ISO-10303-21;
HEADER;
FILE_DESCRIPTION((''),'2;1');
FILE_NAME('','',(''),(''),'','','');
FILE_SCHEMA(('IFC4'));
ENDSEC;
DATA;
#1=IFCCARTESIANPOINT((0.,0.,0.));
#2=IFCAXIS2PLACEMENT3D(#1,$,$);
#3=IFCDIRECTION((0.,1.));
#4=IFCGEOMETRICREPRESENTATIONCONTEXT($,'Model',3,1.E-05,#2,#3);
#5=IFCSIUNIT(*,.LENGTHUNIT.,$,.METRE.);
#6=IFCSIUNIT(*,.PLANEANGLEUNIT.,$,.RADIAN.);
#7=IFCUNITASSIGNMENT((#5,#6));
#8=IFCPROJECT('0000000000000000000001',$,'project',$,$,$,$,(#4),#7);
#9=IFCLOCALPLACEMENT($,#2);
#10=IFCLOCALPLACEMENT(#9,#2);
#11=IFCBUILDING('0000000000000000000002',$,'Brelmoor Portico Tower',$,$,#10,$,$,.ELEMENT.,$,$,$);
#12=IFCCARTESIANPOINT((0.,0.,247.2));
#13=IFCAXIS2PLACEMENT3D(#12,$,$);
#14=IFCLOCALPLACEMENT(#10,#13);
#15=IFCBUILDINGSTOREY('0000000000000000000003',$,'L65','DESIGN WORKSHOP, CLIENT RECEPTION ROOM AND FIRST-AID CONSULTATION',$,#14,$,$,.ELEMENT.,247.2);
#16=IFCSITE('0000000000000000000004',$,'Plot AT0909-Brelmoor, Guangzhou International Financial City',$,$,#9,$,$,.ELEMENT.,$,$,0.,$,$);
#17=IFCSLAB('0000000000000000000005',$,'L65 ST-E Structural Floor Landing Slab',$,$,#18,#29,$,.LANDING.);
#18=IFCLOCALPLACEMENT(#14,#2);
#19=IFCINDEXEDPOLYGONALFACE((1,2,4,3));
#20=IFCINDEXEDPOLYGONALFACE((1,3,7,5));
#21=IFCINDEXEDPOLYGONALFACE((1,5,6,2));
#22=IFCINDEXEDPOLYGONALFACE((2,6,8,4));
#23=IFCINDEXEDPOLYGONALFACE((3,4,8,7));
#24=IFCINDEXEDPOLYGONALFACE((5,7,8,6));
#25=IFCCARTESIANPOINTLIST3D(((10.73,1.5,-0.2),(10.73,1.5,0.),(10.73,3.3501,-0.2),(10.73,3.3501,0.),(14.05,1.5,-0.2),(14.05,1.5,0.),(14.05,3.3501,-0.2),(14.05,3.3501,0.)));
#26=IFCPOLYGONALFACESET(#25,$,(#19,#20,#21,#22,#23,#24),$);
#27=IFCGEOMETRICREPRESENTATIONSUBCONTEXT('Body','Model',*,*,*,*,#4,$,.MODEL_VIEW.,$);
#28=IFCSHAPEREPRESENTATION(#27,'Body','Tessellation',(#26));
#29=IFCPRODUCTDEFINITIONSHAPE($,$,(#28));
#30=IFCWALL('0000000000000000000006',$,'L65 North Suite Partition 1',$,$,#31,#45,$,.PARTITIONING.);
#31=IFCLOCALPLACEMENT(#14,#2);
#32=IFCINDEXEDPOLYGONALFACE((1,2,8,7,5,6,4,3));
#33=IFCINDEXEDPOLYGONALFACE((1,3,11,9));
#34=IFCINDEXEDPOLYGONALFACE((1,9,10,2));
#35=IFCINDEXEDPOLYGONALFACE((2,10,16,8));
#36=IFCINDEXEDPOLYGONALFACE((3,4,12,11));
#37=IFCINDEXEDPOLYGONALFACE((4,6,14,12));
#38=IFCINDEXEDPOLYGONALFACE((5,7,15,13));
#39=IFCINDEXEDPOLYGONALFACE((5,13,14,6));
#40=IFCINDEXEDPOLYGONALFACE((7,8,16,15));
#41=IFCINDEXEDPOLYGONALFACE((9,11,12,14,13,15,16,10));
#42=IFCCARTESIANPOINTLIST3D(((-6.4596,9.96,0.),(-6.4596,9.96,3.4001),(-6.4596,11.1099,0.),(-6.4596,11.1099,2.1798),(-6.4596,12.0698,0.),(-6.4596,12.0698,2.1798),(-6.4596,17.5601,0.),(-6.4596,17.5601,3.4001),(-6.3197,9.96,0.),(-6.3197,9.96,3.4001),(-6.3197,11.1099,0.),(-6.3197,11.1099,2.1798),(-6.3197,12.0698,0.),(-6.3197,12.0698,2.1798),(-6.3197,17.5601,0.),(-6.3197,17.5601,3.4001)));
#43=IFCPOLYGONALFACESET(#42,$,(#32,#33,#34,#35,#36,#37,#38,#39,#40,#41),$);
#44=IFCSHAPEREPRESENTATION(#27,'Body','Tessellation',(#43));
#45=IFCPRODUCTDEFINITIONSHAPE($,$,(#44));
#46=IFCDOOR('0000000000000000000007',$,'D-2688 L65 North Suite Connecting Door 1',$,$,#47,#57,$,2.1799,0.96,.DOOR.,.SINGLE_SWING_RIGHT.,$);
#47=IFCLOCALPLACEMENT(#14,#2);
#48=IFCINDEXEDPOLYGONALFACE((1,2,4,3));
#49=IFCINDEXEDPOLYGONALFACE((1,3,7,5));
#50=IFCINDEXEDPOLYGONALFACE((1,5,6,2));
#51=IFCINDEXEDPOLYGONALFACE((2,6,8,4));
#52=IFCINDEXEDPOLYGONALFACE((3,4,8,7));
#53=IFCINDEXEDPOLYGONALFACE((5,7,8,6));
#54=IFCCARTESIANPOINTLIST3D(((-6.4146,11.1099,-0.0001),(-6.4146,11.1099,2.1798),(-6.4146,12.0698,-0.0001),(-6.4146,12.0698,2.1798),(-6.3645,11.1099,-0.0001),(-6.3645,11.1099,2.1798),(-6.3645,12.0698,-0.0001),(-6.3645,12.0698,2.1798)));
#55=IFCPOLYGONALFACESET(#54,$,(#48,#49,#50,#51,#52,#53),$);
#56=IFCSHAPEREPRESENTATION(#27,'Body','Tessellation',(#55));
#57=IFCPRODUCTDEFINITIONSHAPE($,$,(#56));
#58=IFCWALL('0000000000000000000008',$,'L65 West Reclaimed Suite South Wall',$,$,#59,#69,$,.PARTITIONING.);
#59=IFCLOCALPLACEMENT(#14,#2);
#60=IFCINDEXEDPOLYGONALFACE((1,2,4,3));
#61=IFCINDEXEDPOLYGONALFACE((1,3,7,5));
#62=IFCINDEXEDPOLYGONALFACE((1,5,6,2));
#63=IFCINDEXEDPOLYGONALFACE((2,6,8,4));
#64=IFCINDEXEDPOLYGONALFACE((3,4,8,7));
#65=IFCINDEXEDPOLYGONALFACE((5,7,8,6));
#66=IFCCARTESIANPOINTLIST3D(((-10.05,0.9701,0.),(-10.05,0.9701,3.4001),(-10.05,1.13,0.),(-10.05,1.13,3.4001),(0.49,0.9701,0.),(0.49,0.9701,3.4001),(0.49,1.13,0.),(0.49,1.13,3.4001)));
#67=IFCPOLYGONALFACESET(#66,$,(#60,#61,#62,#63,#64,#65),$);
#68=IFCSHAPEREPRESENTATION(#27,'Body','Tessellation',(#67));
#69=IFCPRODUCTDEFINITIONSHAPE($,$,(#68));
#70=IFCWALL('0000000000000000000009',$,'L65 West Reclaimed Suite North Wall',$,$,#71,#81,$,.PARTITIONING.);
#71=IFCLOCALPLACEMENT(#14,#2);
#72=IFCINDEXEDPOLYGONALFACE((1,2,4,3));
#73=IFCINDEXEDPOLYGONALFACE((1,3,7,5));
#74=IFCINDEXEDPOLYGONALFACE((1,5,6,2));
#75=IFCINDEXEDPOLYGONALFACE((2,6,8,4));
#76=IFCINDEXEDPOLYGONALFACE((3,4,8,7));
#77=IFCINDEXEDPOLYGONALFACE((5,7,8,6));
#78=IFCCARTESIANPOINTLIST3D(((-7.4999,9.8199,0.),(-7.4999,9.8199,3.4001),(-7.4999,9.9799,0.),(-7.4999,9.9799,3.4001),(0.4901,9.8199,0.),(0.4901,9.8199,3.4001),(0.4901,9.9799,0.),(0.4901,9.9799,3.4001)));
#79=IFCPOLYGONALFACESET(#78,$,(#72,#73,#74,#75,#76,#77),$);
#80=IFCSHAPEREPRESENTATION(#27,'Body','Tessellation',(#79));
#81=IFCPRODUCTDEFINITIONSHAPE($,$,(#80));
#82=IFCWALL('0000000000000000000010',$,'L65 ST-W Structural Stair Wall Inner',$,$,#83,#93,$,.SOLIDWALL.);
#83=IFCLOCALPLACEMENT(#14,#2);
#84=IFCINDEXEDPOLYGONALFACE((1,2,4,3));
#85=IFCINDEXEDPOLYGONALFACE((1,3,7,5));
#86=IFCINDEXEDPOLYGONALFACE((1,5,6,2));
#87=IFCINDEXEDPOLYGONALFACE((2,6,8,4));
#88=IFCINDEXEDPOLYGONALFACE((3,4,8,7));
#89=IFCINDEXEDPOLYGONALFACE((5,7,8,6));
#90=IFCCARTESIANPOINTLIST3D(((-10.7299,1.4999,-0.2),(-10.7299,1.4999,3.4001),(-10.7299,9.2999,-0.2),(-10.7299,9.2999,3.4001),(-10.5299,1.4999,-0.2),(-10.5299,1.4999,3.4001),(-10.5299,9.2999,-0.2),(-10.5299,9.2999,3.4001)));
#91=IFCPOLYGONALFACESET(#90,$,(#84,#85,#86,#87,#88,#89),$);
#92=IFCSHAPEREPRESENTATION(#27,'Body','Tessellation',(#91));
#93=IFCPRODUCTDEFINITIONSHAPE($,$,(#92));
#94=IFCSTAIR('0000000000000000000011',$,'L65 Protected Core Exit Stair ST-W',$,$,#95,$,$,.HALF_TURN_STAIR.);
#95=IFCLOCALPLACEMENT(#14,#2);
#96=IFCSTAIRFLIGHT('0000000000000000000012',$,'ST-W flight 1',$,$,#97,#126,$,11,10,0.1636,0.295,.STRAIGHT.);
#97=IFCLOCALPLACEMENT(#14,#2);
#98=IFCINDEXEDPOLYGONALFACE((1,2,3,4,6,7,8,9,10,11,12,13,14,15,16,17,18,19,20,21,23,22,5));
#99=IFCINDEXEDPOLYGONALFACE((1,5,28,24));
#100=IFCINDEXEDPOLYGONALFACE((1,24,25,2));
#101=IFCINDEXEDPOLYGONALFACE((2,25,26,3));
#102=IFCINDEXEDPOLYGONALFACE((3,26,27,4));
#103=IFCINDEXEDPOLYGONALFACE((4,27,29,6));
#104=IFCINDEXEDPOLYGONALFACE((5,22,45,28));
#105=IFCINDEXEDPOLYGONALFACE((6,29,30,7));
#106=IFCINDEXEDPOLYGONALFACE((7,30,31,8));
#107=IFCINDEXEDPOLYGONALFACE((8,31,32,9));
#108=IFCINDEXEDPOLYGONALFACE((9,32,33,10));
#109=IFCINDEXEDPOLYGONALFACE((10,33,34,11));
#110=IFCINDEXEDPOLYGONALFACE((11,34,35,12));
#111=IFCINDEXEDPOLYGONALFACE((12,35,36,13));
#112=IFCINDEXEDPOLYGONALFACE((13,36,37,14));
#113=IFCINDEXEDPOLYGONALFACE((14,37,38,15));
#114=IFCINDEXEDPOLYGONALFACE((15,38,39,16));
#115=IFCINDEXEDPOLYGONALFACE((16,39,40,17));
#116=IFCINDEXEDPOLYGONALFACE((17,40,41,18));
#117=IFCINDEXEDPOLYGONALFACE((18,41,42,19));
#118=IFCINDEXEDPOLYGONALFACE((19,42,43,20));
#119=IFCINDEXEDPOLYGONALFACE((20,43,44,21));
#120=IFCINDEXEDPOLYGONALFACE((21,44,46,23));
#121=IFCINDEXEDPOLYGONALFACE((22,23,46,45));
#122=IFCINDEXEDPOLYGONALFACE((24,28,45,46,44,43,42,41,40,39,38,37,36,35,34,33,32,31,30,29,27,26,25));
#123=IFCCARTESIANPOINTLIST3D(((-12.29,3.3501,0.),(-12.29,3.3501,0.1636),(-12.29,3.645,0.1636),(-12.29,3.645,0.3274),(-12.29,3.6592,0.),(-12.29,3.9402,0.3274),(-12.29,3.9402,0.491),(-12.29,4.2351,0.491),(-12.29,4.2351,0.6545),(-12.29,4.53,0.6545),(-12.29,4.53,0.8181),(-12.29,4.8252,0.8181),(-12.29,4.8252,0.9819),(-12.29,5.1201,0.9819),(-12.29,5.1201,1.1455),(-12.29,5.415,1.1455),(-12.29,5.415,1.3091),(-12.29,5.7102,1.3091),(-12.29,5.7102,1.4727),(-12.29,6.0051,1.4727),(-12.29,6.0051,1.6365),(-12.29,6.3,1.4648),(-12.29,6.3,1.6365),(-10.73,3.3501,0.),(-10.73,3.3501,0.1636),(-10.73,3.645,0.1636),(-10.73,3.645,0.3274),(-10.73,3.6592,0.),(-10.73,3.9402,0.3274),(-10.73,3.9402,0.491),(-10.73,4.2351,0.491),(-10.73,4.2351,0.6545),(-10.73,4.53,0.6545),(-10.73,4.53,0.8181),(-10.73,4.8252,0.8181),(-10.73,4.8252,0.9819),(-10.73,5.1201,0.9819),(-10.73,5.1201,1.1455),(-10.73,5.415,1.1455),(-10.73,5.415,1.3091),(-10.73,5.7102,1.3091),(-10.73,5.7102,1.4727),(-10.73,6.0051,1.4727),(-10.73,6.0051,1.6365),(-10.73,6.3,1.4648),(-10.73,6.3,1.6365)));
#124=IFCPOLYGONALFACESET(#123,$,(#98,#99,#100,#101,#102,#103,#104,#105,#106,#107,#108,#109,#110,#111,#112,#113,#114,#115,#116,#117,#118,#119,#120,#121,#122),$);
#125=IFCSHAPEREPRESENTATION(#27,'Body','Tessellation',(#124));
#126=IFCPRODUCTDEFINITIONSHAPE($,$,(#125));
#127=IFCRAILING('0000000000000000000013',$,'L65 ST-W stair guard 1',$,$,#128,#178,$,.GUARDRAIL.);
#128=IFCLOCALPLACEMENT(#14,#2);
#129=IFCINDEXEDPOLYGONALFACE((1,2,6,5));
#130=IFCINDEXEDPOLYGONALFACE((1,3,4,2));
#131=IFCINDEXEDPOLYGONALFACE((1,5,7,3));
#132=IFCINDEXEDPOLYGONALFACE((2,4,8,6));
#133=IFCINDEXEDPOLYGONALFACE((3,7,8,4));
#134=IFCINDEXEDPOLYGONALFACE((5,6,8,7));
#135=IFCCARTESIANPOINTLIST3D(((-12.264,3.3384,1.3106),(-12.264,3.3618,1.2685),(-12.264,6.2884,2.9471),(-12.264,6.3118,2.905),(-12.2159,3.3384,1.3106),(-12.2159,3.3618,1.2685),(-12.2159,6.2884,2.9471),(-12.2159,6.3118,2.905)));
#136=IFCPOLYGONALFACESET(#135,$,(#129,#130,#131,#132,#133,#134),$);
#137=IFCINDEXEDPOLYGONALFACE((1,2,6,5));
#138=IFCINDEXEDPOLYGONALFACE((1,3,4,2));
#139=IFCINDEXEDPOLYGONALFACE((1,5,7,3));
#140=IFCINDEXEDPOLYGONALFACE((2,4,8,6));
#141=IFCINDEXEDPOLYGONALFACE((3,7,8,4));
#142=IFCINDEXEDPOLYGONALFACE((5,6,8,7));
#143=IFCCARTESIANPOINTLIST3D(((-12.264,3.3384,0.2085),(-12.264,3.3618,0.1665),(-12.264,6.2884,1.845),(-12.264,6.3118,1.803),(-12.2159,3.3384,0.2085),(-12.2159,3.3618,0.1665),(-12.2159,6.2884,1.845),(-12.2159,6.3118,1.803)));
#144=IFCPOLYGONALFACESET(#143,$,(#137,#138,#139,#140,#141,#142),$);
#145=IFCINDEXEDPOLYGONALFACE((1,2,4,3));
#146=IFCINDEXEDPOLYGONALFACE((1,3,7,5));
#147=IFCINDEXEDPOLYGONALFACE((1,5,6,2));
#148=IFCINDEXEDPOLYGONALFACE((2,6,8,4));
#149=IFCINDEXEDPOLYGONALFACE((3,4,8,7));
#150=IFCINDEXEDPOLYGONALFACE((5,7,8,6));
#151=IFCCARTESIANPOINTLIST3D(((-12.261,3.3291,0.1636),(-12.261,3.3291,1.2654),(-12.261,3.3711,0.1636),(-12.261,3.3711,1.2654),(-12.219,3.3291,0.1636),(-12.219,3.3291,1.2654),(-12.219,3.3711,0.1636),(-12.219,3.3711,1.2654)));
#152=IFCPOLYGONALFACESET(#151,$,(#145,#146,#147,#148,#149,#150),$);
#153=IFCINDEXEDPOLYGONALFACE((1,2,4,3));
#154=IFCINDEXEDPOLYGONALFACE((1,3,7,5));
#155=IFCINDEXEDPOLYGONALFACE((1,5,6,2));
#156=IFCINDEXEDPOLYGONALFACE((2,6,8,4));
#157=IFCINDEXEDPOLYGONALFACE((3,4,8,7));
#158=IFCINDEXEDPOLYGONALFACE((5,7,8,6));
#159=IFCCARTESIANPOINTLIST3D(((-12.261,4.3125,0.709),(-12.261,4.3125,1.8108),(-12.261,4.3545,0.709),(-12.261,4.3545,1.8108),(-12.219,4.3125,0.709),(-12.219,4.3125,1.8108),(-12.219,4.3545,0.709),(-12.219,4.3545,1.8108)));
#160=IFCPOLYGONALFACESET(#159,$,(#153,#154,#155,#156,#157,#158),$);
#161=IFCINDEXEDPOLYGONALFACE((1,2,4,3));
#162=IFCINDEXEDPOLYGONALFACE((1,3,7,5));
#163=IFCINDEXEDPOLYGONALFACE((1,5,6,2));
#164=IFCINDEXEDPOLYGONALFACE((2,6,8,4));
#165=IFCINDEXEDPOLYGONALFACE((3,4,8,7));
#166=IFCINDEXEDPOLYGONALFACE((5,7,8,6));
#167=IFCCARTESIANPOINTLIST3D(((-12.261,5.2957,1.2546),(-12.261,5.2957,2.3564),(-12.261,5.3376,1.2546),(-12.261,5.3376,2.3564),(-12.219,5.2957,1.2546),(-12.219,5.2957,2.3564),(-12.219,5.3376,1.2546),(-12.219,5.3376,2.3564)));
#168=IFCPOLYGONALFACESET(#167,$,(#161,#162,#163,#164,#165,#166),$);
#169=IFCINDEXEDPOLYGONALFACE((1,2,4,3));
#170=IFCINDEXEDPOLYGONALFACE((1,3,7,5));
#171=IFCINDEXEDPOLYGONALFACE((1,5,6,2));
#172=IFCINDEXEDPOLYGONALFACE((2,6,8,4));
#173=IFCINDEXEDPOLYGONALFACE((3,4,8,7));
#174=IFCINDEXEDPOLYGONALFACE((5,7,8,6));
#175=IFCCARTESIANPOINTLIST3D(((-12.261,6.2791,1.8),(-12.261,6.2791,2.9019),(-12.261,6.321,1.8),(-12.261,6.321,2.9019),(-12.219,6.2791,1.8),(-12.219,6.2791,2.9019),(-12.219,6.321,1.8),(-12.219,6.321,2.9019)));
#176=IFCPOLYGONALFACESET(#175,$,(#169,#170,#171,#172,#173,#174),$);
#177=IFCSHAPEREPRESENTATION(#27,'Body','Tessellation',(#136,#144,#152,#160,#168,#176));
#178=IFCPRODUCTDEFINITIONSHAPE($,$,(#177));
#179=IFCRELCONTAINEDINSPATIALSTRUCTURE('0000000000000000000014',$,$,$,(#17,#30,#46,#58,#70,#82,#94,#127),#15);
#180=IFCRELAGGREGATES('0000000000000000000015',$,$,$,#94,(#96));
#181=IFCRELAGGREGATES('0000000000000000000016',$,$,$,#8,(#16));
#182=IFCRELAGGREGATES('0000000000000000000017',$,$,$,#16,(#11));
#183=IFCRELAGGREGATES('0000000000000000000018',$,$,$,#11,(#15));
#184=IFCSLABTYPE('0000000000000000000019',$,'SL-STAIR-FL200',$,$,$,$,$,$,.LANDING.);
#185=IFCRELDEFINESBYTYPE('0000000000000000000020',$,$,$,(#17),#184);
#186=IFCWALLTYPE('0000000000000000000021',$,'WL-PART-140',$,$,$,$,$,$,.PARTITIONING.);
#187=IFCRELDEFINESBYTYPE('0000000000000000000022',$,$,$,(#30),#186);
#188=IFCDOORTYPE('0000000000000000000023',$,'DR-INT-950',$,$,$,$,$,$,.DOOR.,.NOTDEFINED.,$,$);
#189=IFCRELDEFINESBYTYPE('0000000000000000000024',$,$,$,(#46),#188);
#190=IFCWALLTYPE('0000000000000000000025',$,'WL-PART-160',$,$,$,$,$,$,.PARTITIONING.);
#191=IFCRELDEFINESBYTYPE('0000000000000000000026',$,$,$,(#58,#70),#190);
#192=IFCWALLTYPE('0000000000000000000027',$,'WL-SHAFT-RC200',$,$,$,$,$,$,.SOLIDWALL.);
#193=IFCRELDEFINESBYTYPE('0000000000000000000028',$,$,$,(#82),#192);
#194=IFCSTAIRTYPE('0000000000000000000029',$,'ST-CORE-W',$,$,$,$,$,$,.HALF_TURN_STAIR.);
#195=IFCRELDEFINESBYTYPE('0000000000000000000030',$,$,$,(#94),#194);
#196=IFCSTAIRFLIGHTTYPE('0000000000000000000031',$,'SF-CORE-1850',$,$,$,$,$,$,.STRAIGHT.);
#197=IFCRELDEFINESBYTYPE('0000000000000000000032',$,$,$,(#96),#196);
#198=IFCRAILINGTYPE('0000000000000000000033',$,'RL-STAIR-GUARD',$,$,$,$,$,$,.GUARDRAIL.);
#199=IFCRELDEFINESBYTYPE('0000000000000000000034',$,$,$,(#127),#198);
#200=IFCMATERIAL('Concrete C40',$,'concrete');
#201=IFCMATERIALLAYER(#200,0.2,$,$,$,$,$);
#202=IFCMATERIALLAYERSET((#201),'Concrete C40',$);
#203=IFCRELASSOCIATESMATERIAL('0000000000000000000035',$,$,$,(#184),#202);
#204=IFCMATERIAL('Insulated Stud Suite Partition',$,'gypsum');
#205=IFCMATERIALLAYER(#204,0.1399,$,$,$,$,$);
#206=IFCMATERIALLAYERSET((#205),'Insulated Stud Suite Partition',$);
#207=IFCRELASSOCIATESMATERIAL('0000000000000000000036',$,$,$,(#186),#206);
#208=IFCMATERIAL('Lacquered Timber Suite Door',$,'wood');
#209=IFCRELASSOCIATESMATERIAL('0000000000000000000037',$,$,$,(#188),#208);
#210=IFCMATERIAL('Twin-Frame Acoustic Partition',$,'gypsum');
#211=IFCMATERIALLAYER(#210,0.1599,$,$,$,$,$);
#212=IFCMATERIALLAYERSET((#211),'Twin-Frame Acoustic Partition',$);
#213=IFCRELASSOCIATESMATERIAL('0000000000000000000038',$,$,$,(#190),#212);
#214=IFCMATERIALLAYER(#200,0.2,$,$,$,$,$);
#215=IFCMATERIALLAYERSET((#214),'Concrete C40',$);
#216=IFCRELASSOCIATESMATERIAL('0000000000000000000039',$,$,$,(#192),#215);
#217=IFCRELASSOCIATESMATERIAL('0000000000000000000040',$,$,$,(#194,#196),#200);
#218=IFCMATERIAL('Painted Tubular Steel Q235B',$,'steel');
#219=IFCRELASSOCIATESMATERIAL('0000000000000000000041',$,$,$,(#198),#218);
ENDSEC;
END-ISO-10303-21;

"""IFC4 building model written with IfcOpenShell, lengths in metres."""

from ifc_helpers import new_model, si_unit, direction, frame, frame_2d, origin, origin_2d, place, context, subcontext, project, spatial, polyline, rectangle, outline, extrude, material, layer, layer_set, type_object, element, fill, aggregate, save


model = new_model("IFC4")

# Units and contexts
model_context = context("Model", 3, precision=1e-05, world=origin(), true_north=direction((0.0, 1.0)))
body_context = subcontext(model_context, "Body", "Model", "MODEL_VIEW")
ifc_project = project(units=[si_unit("LENGTHUNIT", "METRE"), si_unit("PLANEANGLEUNIT", "RADIAN")], contexts=[model_context])

# Site, building, storey
site_placement = place(None, origin())
site = spatial("IfcSite", under=ifc_project, at=site_placement, Name="Plot AT0909-Brelmoor, Guangzhou International Financial City", CompositionType="ELEMENT", RefElevation=0.0)
building_placement = place(site_placement, origin())
building = spatial("IfcBuilding", under=site, at=building_placement, Name="Brelmoor Portico Tower", CompositionType="ELEMENT")
storey_placement = place(building_placement, frame((0.0, 0.0, 247.2)))
storey = spatial("IfcBuildingStorey", under=building, at=storey_placement, Name="L65", Description="DESIGN WORKSHOP, CLIENT RECEPTION ROOM AND FIRST-AID CONSULTATION", CompositionType="ELEMENT", Elevation=247.2)

# Slab
ifc_material_1 = material(Name="Concrete C40", Category="concrete")
ifc_layer_1 = layer(ifc_material_1, 0.2)
ifc_layer_set_1 = layer_set([ifc_layer_1], Name="Concrete C40")
slab_type = type_object("IfcSlabType", Name="SL-STAIR-FL200", PredefinedType="LANDING", material=ifc_layer_set_1)
slab_1_placement = place(storey_placement, frame((0.0, 0.0, -0.2)))
element("IfcSlab", 1, at=slab_1_placement, inside=storey, type_object=slab_type, Name="L65 ST-E Structural Floor Landing Slab", PredefinedType="LANDING", context=body_context, shape_type="SweptSolid", body=[
    extrude(outline(polyline([(14.05, 1.5), (14.05, 3.3501), (10.73, 3.3501), (10.73, 1.5), (14.05, 1.5)])), origin(), (0.0, 0.0, 1.0), 0.2),
])

# Wall, opening, door
ifc_material_2 = material(Name="Insulated Stud Suite Partition", Category="gypsum")
ifc_layer_2 = layer(ifc_material_2, 0.1399)
ifc_layer_set_2 = layer_set([ifc_layer_2], Name="Insulated Stud Suite Partition")
wall_type_1 = type_object("IfcWallType", Name="WL-PART-140", PredefinedType="PARTITIONING", material=ifc_layer_set_2)
wall_1_placement = place(storey_placement, frame((-6.3896, 9.96, 0.0), z_axis=(0.0, 0.0, 1.0), x_axis=(0.0, 1.0, 0.0)))
wall_1 = element("IfcWall", 2, at=wall_1_placement, inside=storey, type_object=wall_type_1, Name="L65 North Suite Partition 1", PredefinedType="PARTITIONING", context=body_context, shape_type="SweptSolid", body=[
    extrude(rectangle(XDim=7.6001, YDim=0.1399, at=frame_2d((3.8, 0.0))), origin(), (0.0, 0.0, 1.0), 3.4001),
])
opening_placement = place(wall_1_placement, frame((1.1499, 0.0, 0.0)))
opening = element("IfcOpeningElement", 3, at=opening_placement, cuts=wall_1, PredefinedType="OPENING", context=body_context, shape_type="SweptSolid", body=[
    extrude(rectangle(XDim=0.96, YDim=2.1799, at=frame_2d((0.48, 1.0898))), frame((0.0, 0.0798, 0.0), z_axis=(0.0, -1.0, 0.0), x_axis=(1.0, 0.0, 0.0)), (0.0, 0.0, 1.0), 0.1599),
])
ifc_material_3 = material(Name="Lacquered Timber Suite Door", Category="wood")
door_type = type_object("IfcDoorType", Name="DR-INT-950", OperationType="NOTDEFINED", PredefinedType="DOOR", material=ifc_material_3)
door_placement = place(opening_placement, origin())
door = element("IfcDoor", 4, at=door_placement, inside=storey, type_object=door_type, Name="D-2688 L65 North Suite Connecting Door 1", OperationType="SINGLE_SWING_RIGHT", OverallHeight=2.1799, OverallWidth=0.96, PredefinedType="DOOR", context=body_context, shape_type="SweptSolid", body=[
    extrude(rectangle(XDim=0.96, YDim=2.1799, at=frame_2d((0.48, 1.0898))), frame((0.0, 0.0249, 0.0), z_axis=(0.0, -1.0, 0.0), x_axis=(1.0, 0.0, 0.0)), (0.0, 0.0, 1.0), 0.05),
])
fill(opening, door)

# Walls
ifc_material_4 = material(Name="Twin-Frame Acoustic Partition", Category="gypsum")
ifc_layer_3 = layer(ifc_material_4, 0.1599)
ifc_layer_set_3 = layer_set([ifc_layer_3], Name="Twin-Frame Acoustic Partition")
wall_type_2 = type_object("IfcWallType", Name="WL-PART-160", PredefinedType="PARTITIONING", material=ifc_layer_set_3)
wall_2_placement = place(storey_placement, frame((-10.05, 1.05, 0.0), z_axis=(0.0, 0.0, 1.0), x_axis=(1.0, 0.0, 0.0)))
element("IfcWall", 5, at=wall_2_placement, inside=storey, type_object=wall_type_2, Name="L65 West Reclaimed Suite South Wall", PredefinedType="PARTITIONING", context=body_context, shape_type="SweptSolid", body=[
    extrude(rectangle(XDim=10.54, YDim=0.1599, at=frame_2d((5.27, 0.0))), origin(), (0.0, 0.0, 1.0), 3.4001),
])
wall_3_placement = place(storey_placement, frame((-7.5, 9.8999, 0.0), z_axis=(0.0, 0.0, 1.0), x_axis=(1.0, 0.0, 0.0)))
element("IfcWall", 6, at=wall_3_placement, inside=storey, type_object=wall_type_2, Name="L65 West Reclaimed Suite North Wall", PredefinedType="PARTITIONING", context=body_context, shape_type="SweptSolid", body=[
    extrude(rectangle(XDim=7.99, YDim=0.1599, at=frame_2d((3.9951, 0.0))), origin(), (0.0, 0.0, 1.0), 3.4001),
])
ifc_layer_4 = layer(ifc_material_1, 0.2)
ifc_layer_set_4 = layer_set([ifc_layer_4], Name="Concrete C40")
wall_type_3 = type_object("IfcWallType", Name="WL-SHAFT-RC200", PredefinedType="SOLIDWALL", material=ifc_layer_set_4)
wall_4_placement = place(storey_placement, frame((-10.6299, 1.5, -0.2), z_axis=(0.0, 0.0, 1.0), x_axis=(0.0, 1.0, 0.0)))
element("IfcWall", 7, at=wall_4_placement, inside=storey, type_object=wall_type_3, Name="L65 ST-W Structural Stair Wall Inner", PredefinedType="SOLIDWALL", context=body_context, shape_type="SweptSolid", body=[
    extrude(rectangle(XDim=7.8, YDim=0.2, at=frame_2d((3.8999, 0.0))), origin(), (0.0, 0.0, 1.0), 3.6001),
])

# Stair, stair flight
stair_type = type_object("IfcStairType", Name="ST-CORE-W", PredefinedType="HALF_TURN_STAIR", material=ifc_material_1)
stair_placement = place(storey_placement, origin())
stair = element("IfcStair", 8, at=stair_placement, inside=storey, type_object=stair_type, Name="L65 Protected Core Exit Stair ST-W", PredefinedType="HALF_TURN_STAIR")
stair_flight_type = type_object("IfcStairFlightType", Name="SF-CORE-1850", PredefinedType="STRAIGHT", material=ifc_material_1)
stair_flight_placement = place(storey_placement, frame((-11.51, 3.3501, 0.0), z_axis=(0.0, 0.0, 1.0), x_axis=(0.0, 1.0, 0.0)))
stair_flight = element("IfcStairFlight", 9, at=stair_flight_placement, type_object=stair_flight_type, Name="ST-W flight 1", NumberOfRisers=11, NumberOfTreads=10, PredefinedType="STRAIGHT", RiserHeight=0.1636, TreadLength=0.295, context=body_context, shape_type="SweptSolid", body=[
    extrude(outline(polyline([(0.0, 0.0), (0.0, 0.1636), (0.2949, 0.1636), (0.2949, 0.3274), (0.5901, 0.3274), (0.5901, 0.491), (0.885, 0.491), (0.885, 0.6545), (1.1799, 0.6545), (1.1799, 0.8181), (1.4751, 0.8181), (1.4751, 0.9819), (1.77, 0.9819), (1.77, 1.1455), (2.0649, 1.1455), (2.0649, 1.3091), (2.3601, 1.3091), (2.3601, 1.4727), (2.655, 1.4727), (2.655, 1.6365), (2.95, 1.6365), (2.95, 1.8), (2.95, 1.4648), (0.3091, 0.0), (0.0, 0.0)])), frame((0.0, 0.78, 0.0), z_axis=(0.0, -1.0, 0.0), x_axis=(1.0, 0.0, 0.0)), (0.0, 0.0, 1.0), 1.5601),
])
aggregate(stair, [stair_flight])

# Railing
ifc_material_5 = material(Name="Painted Tubular Steel Q235B", Category="steel")
railing_type_1 = type_object("IfcRailingType", Name="RL-STAIR-GUARD", PredefinedType="GUARDRAIL", material=ifc_material_5)
railing_1_placement = place(storey_placement, frame((-12.24, 3.3501, 0.1636)))
element("IfcRailing", 10, at=railing_1_placement, inside=storey, type_object=railing_type_1, Name="L65 ST-W stair guard 1", PredefinedType="GUARDRAIL", context=body_context, shape_type="SweptSolid", body=[
    extrude(rectangle(XDim=0.0481, YDim=0.0481, at=origin_2d()), frame((0.0, 0.0, 1.126), z_axis=(0.0, 0.874458, 0.485102), x_axis=(-1.0, 0.0, 0.0)), (0.0, 0.0, 1.0), 3.3735),
    extrude(rectangle(XDim=0.0481, YDim=0.0481, at=origin_2d()), frame((0.0, 0.0, 0.0239), z_axis=(0.0, 0.874458, 0.485102), x_axis=(-1.0, 0.0, 0.0)), (0.0, 0.0, 1.0), 3.3735),
    extrude(rectangle(XDim=0.042, YDim=0.042, at=origin_2d()), origin(), (0.0, 0.0, 1.0), 1.1018),
    extrude(rectangle(XDim=0.042, YDim=0.042, at=origin_2d()), frame((0.0, 0.9834, 0.5454)), (0.0, 0.0, 1.0), 1.1018),
    extrude(rectangle(XDim=0.042, YDim=0.042, at=origin_2d()), frame((0.0, 1.9666, 1.0911)), (0.0, 0.0, 1.0), 1.1018),
    extrude(rectangle(XDim=0.042, YDim=0.042, at=origin_2d()), frame((0.0, 2.95, 1.6365)), (0.0, 0.0, 1.0), 1.1018),
])

save(model, "model.ifc")
